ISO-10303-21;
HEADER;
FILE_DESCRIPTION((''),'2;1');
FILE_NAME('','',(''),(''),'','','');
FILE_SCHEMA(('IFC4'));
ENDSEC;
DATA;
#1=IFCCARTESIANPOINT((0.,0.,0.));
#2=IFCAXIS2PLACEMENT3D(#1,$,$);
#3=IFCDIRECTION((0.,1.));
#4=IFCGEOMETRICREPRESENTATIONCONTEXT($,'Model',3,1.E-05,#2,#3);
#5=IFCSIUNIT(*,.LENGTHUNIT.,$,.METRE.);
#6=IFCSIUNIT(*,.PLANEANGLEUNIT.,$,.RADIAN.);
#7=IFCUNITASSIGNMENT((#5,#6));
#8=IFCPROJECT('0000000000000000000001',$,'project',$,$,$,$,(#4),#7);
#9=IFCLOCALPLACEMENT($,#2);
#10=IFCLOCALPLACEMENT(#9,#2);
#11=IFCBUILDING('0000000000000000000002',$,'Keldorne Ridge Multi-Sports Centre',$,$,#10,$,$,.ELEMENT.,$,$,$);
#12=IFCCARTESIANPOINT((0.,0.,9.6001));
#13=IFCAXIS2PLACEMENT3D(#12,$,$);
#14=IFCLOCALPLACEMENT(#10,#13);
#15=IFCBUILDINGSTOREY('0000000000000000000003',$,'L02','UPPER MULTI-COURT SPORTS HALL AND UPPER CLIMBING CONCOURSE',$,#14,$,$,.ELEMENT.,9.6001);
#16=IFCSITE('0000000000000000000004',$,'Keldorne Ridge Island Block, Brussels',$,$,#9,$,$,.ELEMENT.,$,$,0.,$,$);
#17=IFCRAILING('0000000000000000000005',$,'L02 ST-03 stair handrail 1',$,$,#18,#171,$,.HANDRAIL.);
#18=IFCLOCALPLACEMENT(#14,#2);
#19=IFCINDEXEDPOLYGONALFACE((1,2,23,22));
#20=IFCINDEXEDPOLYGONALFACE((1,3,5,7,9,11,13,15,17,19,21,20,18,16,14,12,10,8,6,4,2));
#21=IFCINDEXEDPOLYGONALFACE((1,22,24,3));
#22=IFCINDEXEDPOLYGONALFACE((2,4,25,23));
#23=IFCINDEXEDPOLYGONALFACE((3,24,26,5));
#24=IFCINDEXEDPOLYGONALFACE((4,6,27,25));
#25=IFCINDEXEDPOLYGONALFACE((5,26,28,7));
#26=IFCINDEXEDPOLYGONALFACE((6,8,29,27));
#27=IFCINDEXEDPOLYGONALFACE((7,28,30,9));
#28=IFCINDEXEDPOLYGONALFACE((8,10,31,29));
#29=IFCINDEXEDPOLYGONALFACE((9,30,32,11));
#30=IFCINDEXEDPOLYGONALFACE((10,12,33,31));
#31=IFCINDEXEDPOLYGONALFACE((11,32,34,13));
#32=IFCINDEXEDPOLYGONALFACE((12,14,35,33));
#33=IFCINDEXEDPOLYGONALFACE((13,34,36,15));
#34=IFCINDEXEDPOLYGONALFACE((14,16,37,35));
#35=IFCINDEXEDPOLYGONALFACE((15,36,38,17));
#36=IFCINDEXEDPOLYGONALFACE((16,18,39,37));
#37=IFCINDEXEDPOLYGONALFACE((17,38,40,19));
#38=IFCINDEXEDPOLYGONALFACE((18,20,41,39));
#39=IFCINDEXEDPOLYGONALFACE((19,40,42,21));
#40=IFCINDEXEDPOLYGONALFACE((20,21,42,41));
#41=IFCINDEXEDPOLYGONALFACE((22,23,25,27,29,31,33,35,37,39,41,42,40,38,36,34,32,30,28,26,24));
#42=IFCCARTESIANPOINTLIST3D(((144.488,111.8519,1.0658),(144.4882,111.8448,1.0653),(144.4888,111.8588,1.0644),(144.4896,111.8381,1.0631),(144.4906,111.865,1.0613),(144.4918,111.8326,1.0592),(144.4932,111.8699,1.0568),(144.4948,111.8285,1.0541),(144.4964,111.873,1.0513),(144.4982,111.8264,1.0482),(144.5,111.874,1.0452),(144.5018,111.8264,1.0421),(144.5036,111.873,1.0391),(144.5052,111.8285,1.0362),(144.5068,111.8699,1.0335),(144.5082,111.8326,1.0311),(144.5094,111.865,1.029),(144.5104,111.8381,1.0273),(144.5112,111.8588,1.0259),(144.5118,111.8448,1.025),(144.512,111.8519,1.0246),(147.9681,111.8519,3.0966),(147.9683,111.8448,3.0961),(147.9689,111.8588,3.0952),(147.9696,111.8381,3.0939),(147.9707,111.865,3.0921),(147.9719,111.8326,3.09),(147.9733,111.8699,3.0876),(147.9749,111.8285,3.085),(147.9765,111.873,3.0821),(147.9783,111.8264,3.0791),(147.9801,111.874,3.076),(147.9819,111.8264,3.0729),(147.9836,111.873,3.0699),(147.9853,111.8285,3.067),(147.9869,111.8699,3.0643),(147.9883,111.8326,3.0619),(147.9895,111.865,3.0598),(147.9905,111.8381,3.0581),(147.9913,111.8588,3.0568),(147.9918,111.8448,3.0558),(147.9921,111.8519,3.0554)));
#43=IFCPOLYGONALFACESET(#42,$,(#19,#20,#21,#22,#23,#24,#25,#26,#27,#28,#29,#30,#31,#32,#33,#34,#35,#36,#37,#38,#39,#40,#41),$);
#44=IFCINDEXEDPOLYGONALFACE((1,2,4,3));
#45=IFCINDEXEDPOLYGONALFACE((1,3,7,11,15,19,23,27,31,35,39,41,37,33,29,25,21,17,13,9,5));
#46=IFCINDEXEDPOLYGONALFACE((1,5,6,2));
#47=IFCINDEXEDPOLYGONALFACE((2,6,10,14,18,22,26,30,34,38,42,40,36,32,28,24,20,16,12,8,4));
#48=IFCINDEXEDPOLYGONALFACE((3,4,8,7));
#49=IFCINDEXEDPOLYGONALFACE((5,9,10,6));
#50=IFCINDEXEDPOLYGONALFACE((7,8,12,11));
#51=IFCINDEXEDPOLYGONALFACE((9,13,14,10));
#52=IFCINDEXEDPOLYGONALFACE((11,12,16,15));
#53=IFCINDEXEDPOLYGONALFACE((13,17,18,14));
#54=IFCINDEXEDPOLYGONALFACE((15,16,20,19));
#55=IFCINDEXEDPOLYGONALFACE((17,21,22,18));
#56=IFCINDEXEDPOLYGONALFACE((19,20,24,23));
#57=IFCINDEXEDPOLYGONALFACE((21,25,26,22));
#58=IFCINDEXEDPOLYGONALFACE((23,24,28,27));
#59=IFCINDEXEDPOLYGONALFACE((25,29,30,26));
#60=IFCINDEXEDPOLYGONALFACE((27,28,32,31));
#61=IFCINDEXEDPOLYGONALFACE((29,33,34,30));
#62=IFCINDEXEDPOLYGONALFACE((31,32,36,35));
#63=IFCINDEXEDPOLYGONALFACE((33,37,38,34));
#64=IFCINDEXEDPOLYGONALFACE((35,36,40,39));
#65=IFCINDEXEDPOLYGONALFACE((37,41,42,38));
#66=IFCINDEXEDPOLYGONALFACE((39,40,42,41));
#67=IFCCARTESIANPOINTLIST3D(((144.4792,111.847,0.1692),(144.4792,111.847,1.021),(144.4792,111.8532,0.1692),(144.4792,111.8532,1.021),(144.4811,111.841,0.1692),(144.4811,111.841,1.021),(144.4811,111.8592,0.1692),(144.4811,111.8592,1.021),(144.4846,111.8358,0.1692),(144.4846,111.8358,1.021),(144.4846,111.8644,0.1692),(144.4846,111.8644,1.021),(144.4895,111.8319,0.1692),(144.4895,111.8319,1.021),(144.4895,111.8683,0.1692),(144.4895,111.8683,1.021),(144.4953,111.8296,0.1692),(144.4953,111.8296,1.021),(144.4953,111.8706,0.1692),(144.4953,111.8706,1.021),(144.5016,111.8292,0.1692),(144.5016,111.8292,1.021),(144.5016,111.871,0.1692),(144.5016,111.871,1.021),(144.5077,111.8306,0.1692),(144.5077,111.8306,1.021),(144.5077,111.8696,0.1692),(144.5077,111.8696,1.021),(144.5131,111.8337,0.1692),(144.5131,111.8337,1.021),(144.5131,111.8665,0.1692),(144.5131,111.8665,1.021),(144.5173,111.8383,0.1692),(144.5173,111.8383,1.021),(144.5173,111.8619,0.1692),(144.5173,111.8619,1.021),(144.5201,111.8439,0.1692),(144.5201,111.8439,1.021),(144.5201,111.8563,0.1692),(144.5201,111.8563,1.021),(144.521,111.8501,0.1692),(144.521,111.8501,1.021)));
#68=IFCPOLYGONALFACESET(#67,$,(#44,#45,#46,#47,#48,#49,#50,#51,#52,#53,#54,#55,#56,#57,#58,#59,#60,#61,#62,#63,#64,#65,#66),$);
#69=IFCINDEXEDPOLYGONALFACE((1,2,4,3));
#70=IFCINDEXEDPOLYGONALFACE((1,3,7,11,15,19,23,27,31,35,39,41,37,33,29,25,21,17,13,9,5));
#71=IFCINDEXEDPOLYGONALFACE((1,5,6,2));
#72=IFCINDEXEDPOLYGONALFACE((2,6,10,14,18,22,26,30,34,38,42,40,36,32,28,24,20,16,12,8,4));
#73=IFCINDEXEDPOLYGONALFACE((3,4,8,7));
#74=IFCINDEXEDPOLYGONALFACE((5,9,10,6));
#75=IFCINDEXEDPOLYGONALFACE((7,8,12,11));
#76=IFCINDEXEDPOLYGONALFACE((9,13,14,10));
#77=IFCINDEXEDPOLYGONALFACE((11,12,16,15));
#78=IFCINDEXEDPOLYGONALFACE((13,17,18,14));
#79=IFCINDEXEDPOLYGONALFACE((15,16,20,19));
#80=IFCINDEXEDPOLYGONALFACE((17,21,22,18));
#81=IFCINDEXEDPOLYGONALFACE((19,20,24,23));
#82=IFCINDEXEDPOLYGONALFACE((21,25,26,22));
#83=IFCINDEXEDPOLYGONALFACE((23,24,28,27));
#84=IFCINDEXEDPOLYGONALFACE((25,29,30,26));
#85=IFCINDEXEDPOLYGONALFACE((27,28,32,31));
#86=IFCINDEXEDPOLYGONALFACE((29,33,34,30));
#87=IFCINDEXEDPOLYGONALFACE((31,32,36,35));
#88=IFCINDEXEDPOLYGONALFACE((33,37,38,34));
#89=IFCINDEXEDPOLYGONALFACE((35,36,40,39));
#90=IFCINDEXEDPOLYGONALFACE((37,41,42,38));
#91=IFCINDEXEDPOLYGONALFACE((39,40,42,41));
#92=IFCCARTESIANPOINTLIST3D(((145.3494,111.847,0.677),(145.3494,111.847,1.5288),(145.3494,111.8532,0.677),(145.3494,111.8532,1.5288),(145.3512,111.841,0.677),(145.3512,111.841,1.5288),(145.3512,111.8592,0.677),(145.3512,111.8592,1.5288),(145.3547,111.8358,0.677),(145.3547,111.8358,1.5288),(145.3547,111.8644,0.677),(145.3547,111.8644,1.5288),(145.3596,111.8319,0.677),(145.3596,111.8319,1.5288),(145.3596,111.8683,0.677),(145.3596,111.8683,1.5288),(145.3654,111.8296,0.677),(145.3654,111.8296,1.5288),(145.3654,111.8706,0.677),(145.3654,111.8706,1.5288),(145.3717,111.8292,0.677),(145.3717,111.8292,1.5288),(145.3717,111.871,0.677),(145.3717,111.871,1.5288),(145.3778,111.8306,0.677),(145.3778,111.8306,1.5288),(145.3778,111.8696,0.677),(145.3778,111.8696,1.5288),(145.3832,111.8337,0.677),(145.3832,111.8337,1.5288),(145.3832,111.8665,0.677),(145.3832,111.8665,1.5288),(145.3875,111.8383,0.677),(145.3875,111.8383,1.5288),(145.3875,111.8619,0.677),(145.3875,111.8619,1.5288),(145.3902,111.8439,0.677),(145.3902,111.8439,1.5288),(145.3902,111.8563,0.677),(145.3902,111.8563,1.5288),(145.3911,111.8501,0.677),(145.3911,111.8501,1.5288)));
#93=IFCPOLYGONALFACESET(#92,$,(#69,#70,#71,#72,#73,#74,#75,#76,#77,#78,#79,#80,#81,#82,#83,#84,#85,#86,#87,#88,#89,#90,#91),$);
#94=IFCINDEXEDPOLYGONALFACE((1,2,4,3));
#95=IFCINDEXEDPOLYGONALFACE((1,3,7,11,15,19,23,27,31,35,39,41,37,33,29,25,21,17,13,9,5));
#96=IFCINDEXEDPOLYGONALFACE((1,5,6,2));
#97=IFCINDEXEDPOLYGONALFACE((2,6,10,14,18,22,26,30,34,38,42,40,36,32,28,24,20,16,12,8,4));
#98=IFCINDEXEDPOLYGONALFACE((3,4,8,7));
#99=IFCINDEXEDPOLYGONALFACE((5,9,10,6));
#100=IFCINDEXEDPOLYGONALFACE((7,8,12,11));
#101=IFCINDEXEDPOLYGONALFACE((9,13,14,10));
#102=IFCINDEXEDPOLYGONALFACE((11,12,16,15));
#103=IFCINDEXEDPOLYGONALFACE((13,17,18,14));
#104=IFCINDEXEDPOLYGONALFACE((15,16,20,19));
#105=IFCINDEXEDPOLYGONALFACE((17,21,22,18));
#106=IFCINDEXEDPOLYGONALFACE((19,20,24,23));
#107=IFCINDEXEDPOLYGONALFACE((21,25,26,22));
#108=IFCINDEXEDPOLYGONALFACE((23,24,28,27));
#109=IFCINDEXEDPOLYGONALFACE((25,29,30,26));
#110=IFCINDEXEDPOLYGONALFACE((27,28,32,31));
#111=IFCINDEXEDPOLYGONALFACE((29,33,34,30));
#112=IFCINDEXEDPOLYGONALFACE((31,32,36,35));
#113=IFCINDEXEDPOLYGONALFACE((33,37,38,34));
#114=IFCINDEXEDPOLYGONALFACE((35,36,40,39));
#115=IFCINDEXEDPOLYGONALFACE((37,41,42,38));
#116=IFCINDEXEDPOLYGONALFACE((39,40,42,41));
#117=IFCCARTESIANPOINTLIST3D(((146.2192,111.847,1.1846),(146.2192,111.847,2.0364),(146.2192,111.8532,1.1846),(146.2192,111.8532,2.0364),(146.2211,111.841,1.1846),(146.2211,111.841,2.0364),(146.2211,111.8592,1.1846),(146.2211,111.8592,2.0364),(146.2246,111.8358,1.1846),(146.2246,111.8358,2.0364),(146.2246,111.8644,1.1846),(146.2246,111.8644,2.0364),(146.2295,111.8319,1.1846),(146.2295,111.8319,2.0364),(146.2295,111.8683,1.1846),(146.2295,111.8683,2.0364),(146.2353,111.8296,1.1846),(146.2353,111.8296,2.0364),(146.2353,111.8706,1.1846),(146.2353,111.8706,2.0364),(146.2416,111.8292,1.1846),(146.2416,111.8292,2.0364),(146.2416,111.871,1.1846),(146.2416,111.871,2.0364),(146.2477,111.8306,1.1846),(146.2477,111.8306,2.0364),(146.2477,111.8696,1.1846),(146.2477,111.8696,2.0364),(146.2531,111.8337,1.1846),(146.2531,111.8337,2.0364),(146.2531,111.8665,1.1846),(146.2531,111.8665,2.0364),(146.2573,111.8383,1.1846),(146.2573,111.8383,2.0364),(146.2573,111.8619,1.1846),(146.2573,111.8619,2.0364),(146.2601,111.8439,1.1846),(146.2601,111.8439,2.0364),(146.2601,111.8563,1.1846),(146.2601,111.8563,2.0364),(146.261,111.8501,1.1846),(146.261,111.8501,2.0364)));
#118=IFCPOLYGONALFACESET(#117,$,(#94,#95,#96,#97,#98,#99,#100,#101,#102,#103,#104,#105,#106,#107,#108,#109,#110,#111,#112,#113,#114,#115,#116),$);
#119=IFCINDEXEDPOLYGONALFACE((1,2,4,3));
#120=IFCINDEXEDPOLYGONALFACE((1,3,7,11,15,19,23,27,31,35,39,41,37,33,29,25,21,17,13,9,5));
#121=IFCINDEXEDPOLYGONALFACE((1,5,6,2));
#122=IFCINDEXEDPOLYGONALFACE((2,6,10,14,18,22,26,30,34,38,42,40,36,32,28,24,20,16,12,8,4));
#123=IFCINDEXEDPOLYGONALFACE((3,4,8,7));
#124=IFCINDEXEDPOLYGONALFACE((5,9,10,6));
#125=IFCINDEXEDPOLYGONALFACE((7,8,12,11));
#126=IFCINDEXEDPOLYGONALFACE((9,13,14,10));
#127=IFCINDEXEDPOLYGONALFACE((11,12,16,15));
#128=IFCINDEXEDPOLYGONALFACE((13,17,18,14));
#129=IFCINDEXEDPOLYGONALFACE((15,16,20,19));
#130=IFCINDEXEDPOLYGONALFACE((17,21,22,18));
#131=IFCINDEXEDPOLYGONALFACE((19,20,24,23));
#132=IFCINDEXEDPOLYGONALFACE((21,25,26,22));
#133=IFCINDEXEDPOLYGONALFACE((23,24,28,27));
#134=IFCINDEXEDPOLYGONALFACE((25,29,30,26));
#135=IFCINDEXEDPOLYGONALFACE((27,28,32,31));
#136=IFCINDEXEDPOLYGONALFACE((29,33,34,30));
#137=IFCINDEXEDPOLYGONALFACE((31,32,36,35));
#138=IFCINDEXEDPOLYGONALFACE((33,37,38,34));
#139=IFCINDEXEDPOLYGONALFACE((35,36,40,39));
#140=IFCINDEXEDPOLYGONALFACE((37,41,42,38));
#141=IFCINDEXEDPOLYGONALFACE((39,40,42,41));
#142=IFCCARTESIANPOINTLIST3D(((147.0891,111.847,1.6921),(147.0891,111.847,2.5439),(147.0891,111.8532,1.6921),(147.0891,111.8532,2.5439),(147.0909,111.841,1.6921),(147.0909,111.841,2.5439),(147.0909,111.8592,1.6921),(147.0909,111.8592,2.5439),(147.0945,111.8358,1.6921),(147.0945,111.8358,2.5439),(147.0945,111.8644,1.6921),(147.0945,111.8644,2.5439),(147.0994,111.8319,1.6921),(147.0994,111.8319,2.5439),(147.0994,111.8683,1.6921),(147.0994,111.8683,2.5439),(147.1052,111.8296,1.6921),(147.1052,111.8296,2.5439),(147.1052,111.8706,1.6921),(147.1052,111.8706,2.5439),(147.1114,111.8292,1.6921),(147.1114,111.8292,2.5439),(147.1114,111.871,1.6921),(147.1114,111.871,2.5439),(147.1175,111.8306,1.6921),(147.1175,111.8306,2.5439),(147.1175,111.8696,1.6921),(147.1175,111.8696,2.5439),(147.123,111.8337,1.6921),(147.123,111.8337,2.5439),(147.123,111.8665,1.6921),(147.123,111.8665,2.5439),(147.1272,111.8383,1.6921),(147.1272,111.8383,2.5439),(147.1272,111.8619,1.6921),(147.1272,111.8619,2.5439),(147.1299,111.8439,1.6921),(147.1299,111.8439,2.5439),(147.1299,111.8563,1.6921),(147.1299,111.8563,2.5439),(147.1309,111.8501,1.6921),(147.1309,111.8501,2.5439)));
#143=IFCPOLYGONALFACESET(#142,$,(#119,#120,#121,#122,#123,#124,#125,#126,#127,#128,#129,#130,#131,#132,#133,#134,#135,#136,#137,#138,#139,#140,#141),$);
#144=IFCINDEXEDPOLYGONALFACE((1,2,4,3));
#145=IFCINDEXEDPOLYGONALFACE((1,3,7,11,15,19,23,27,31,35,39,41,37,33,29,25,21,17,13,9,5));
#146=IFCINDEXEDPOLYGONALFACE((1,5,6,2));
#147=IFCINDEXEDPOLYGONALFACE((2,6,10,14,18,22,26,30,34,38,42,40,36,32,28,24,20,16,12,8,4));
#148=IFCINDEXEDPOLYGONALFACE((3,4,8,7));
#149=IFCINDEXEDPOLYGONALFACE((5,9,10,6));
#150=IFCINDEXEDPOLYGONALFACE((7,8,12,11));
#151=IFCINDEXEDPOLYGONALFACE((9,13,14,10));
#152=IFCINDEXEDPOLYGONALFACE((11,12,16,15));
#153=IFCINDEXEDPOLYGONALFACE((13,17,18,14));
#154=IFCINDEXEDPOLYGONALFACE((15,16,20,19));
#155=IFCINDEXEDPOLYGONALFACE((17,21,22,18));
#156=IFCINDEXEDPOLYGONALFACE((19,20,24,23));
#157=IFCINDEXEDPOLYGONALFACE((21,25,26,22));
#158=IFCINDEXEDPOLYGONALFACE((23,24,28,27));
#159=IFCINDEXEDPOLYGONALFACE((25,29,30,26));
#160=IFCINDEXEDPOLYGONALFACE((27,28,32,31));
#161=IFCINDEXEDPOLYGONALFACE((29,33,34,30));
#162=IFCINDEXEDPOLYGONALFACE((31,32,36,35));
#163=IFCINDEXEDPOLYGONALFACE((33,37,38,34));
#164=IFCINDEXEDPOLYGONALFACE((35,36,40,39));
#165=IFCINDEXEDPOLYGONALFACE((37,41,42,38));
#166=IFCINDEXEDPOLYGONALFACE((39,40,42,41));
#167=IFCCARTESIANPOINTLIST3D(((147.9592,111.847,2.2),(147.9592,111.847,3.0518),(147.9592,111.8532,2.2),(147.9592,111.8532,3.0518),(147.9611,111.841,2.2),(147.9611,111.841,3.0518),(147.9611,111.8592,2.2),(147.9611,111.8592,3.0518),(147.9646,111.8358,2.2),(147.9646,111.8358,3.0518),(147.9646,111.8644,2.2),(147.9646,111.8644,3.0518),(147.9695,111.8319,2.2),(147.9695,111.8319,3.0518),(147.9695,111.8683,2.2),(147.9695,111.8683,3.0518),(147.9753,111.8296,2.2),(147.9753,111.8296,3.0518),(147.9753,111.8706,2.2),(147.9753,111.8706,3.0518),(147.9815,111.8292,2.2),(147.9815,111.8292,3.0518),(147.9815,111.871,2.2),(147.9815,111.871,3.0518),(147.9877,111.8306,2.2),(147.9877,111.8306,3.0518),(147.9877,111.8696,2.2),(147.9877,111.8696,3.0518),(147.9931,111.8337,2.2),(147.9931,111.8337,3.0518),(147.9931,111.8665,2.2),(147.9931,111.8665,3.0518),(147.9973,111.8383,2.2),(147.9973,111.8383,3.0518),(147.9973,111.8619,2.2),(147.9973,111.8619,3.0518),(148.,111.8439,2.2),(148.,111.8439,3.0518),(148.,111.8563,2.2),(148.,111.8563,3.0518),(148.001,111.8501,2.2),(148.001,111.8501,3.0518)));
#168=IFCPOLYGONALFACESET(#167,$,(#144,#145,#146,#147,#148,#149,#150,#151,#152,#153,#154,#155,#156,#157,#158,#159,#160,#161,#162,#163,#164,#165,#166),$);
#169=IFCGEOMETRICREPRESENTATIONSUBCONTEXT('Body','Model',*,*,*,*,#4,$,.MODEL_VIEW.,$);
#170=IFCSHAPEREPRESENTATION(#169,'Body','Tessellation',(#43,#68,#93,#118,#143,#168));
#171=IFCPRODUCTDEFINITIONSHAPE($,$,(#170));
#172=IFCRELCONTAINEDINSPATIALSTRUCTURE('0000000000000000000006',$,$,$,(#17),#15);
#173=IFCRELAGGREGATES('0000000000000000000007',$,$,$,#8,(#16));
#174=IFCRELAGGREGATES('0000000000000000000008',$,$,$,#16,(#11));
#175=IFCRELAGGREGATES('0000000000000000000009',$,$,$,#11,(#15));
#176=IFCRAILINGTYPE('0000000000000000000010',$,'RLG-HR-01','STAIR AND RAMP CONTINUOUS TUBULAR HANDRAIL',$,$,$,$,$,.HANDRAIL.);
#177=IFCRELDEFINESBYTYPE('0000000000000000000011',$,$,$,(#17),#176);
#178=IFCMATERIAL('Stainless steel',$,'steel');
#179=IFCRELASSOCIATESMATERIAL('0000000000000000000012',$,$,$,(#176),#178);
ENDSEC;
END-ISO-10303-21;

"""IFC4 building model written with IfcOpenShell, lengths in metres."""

from ifc_helpers import new_model, si_unit, direction, frame, origin, origin_2d, place, context, subcontext, project, spatial, circle, extrude, material, type_object, element, save


model = new_model("IFC4")

# Units and contexts
model_context = context("Model", 3, precision=1e-05, world=origin(), true_north=direction((0.0, 1.0)))
body_context = subcontext(model_context, "Body", "Model", "MODEL_VIEW")
ifc_project = project(units=[si_unit("LENGTHUNIT", "METRE"), si_unit("PLANEANGLEUNIT", "RADIAN")], contexts=[model_context])

# Site, building, storey
site_placement = place(None, origin())
site = spatial("IfcSite", under=ifc_project, at=site_placement, Name="Keldorne Ridge Island Block, Brussels", CompositionType="ELEMENT", RefElevation=0.0)
building_placement = place(site_placement, origin())
building = spatial("IfcBuilding", under=site, at=building_placement, Name="Keldorne Ridge Multi-Sports Centre", CompositionType="ELEMENT")
storey_placement = place(building_placement, frame((0.0, 0.0, 9.6001)))
storey = spatial("IfcBuildingStorey", under=building, at=storey_placement, Name="L02", Description="UPPER MULTI-COURT SPORTS HALL AND UPPER CLIMBING CONCOURSE", CompositionType="ELEMENT", Elevation=9.6001)

# Railing
ifc_material_1 = material(Name="Stainless steel", Category="steel")
railing_type_1 = type_object("IfcRailingType", Name="RLG-HR-01", Description="STAIR AND RAMP CONTINUOUS TUBULAR HANDRAIL", PredefinedType="HANDRAIL", material=ifc_material_1)
railing_1_placement = place(storey_placement, frame((144.5, 111.8501, 0.1692)))
element("IfcRailing", 1, at=railing_1_placement, inside=storey, type_object=railing_type_1, Name="L02 ST-03 stair handrail 1", PredefinedType="HANDRAIL", context=body_context, shape_type="SweptSolid", body=[
    extrude(circle(Radius=0.0239, at=origin_2d()), frame((0.0, 0.0, 0.876), z_axis=(0.863695, 0.0, 0.504014), x_axis=(0.0, 1.0, 0.0)), (0.0, 0.0, 1.0), 4.0293),
    extrude(circle(Radius=0.021, at=origin_2d()), origin(), (0.0, 0.0, 1.0), 0.8518),
    extrude(circle(Radius=0.021, at=origin_2d()), frame((0.8701, 0.0, 0.5078)), (0.0, 0.0, 1.0), 0.8518),
    extrude(circle(Radius=0.021, at=origin_2d()), frame((1.74, 0.0, 1.0154)), (0.0, 0.0, 1.0), 0.8518),
    extrude(circle(Radius=0.021, at=origin_2d()), frame((2.6099, 0.0, 1.5229)), (0.0, 0.0, 1.0), 0.8518),
    extrude(circle(Radius=0.021, at=origin_2d()), frame((3.48, 0.0, 2.0308)), (0.0, 0.0, 1.0), 0.8518),
])

save(model, "model.ifc")
